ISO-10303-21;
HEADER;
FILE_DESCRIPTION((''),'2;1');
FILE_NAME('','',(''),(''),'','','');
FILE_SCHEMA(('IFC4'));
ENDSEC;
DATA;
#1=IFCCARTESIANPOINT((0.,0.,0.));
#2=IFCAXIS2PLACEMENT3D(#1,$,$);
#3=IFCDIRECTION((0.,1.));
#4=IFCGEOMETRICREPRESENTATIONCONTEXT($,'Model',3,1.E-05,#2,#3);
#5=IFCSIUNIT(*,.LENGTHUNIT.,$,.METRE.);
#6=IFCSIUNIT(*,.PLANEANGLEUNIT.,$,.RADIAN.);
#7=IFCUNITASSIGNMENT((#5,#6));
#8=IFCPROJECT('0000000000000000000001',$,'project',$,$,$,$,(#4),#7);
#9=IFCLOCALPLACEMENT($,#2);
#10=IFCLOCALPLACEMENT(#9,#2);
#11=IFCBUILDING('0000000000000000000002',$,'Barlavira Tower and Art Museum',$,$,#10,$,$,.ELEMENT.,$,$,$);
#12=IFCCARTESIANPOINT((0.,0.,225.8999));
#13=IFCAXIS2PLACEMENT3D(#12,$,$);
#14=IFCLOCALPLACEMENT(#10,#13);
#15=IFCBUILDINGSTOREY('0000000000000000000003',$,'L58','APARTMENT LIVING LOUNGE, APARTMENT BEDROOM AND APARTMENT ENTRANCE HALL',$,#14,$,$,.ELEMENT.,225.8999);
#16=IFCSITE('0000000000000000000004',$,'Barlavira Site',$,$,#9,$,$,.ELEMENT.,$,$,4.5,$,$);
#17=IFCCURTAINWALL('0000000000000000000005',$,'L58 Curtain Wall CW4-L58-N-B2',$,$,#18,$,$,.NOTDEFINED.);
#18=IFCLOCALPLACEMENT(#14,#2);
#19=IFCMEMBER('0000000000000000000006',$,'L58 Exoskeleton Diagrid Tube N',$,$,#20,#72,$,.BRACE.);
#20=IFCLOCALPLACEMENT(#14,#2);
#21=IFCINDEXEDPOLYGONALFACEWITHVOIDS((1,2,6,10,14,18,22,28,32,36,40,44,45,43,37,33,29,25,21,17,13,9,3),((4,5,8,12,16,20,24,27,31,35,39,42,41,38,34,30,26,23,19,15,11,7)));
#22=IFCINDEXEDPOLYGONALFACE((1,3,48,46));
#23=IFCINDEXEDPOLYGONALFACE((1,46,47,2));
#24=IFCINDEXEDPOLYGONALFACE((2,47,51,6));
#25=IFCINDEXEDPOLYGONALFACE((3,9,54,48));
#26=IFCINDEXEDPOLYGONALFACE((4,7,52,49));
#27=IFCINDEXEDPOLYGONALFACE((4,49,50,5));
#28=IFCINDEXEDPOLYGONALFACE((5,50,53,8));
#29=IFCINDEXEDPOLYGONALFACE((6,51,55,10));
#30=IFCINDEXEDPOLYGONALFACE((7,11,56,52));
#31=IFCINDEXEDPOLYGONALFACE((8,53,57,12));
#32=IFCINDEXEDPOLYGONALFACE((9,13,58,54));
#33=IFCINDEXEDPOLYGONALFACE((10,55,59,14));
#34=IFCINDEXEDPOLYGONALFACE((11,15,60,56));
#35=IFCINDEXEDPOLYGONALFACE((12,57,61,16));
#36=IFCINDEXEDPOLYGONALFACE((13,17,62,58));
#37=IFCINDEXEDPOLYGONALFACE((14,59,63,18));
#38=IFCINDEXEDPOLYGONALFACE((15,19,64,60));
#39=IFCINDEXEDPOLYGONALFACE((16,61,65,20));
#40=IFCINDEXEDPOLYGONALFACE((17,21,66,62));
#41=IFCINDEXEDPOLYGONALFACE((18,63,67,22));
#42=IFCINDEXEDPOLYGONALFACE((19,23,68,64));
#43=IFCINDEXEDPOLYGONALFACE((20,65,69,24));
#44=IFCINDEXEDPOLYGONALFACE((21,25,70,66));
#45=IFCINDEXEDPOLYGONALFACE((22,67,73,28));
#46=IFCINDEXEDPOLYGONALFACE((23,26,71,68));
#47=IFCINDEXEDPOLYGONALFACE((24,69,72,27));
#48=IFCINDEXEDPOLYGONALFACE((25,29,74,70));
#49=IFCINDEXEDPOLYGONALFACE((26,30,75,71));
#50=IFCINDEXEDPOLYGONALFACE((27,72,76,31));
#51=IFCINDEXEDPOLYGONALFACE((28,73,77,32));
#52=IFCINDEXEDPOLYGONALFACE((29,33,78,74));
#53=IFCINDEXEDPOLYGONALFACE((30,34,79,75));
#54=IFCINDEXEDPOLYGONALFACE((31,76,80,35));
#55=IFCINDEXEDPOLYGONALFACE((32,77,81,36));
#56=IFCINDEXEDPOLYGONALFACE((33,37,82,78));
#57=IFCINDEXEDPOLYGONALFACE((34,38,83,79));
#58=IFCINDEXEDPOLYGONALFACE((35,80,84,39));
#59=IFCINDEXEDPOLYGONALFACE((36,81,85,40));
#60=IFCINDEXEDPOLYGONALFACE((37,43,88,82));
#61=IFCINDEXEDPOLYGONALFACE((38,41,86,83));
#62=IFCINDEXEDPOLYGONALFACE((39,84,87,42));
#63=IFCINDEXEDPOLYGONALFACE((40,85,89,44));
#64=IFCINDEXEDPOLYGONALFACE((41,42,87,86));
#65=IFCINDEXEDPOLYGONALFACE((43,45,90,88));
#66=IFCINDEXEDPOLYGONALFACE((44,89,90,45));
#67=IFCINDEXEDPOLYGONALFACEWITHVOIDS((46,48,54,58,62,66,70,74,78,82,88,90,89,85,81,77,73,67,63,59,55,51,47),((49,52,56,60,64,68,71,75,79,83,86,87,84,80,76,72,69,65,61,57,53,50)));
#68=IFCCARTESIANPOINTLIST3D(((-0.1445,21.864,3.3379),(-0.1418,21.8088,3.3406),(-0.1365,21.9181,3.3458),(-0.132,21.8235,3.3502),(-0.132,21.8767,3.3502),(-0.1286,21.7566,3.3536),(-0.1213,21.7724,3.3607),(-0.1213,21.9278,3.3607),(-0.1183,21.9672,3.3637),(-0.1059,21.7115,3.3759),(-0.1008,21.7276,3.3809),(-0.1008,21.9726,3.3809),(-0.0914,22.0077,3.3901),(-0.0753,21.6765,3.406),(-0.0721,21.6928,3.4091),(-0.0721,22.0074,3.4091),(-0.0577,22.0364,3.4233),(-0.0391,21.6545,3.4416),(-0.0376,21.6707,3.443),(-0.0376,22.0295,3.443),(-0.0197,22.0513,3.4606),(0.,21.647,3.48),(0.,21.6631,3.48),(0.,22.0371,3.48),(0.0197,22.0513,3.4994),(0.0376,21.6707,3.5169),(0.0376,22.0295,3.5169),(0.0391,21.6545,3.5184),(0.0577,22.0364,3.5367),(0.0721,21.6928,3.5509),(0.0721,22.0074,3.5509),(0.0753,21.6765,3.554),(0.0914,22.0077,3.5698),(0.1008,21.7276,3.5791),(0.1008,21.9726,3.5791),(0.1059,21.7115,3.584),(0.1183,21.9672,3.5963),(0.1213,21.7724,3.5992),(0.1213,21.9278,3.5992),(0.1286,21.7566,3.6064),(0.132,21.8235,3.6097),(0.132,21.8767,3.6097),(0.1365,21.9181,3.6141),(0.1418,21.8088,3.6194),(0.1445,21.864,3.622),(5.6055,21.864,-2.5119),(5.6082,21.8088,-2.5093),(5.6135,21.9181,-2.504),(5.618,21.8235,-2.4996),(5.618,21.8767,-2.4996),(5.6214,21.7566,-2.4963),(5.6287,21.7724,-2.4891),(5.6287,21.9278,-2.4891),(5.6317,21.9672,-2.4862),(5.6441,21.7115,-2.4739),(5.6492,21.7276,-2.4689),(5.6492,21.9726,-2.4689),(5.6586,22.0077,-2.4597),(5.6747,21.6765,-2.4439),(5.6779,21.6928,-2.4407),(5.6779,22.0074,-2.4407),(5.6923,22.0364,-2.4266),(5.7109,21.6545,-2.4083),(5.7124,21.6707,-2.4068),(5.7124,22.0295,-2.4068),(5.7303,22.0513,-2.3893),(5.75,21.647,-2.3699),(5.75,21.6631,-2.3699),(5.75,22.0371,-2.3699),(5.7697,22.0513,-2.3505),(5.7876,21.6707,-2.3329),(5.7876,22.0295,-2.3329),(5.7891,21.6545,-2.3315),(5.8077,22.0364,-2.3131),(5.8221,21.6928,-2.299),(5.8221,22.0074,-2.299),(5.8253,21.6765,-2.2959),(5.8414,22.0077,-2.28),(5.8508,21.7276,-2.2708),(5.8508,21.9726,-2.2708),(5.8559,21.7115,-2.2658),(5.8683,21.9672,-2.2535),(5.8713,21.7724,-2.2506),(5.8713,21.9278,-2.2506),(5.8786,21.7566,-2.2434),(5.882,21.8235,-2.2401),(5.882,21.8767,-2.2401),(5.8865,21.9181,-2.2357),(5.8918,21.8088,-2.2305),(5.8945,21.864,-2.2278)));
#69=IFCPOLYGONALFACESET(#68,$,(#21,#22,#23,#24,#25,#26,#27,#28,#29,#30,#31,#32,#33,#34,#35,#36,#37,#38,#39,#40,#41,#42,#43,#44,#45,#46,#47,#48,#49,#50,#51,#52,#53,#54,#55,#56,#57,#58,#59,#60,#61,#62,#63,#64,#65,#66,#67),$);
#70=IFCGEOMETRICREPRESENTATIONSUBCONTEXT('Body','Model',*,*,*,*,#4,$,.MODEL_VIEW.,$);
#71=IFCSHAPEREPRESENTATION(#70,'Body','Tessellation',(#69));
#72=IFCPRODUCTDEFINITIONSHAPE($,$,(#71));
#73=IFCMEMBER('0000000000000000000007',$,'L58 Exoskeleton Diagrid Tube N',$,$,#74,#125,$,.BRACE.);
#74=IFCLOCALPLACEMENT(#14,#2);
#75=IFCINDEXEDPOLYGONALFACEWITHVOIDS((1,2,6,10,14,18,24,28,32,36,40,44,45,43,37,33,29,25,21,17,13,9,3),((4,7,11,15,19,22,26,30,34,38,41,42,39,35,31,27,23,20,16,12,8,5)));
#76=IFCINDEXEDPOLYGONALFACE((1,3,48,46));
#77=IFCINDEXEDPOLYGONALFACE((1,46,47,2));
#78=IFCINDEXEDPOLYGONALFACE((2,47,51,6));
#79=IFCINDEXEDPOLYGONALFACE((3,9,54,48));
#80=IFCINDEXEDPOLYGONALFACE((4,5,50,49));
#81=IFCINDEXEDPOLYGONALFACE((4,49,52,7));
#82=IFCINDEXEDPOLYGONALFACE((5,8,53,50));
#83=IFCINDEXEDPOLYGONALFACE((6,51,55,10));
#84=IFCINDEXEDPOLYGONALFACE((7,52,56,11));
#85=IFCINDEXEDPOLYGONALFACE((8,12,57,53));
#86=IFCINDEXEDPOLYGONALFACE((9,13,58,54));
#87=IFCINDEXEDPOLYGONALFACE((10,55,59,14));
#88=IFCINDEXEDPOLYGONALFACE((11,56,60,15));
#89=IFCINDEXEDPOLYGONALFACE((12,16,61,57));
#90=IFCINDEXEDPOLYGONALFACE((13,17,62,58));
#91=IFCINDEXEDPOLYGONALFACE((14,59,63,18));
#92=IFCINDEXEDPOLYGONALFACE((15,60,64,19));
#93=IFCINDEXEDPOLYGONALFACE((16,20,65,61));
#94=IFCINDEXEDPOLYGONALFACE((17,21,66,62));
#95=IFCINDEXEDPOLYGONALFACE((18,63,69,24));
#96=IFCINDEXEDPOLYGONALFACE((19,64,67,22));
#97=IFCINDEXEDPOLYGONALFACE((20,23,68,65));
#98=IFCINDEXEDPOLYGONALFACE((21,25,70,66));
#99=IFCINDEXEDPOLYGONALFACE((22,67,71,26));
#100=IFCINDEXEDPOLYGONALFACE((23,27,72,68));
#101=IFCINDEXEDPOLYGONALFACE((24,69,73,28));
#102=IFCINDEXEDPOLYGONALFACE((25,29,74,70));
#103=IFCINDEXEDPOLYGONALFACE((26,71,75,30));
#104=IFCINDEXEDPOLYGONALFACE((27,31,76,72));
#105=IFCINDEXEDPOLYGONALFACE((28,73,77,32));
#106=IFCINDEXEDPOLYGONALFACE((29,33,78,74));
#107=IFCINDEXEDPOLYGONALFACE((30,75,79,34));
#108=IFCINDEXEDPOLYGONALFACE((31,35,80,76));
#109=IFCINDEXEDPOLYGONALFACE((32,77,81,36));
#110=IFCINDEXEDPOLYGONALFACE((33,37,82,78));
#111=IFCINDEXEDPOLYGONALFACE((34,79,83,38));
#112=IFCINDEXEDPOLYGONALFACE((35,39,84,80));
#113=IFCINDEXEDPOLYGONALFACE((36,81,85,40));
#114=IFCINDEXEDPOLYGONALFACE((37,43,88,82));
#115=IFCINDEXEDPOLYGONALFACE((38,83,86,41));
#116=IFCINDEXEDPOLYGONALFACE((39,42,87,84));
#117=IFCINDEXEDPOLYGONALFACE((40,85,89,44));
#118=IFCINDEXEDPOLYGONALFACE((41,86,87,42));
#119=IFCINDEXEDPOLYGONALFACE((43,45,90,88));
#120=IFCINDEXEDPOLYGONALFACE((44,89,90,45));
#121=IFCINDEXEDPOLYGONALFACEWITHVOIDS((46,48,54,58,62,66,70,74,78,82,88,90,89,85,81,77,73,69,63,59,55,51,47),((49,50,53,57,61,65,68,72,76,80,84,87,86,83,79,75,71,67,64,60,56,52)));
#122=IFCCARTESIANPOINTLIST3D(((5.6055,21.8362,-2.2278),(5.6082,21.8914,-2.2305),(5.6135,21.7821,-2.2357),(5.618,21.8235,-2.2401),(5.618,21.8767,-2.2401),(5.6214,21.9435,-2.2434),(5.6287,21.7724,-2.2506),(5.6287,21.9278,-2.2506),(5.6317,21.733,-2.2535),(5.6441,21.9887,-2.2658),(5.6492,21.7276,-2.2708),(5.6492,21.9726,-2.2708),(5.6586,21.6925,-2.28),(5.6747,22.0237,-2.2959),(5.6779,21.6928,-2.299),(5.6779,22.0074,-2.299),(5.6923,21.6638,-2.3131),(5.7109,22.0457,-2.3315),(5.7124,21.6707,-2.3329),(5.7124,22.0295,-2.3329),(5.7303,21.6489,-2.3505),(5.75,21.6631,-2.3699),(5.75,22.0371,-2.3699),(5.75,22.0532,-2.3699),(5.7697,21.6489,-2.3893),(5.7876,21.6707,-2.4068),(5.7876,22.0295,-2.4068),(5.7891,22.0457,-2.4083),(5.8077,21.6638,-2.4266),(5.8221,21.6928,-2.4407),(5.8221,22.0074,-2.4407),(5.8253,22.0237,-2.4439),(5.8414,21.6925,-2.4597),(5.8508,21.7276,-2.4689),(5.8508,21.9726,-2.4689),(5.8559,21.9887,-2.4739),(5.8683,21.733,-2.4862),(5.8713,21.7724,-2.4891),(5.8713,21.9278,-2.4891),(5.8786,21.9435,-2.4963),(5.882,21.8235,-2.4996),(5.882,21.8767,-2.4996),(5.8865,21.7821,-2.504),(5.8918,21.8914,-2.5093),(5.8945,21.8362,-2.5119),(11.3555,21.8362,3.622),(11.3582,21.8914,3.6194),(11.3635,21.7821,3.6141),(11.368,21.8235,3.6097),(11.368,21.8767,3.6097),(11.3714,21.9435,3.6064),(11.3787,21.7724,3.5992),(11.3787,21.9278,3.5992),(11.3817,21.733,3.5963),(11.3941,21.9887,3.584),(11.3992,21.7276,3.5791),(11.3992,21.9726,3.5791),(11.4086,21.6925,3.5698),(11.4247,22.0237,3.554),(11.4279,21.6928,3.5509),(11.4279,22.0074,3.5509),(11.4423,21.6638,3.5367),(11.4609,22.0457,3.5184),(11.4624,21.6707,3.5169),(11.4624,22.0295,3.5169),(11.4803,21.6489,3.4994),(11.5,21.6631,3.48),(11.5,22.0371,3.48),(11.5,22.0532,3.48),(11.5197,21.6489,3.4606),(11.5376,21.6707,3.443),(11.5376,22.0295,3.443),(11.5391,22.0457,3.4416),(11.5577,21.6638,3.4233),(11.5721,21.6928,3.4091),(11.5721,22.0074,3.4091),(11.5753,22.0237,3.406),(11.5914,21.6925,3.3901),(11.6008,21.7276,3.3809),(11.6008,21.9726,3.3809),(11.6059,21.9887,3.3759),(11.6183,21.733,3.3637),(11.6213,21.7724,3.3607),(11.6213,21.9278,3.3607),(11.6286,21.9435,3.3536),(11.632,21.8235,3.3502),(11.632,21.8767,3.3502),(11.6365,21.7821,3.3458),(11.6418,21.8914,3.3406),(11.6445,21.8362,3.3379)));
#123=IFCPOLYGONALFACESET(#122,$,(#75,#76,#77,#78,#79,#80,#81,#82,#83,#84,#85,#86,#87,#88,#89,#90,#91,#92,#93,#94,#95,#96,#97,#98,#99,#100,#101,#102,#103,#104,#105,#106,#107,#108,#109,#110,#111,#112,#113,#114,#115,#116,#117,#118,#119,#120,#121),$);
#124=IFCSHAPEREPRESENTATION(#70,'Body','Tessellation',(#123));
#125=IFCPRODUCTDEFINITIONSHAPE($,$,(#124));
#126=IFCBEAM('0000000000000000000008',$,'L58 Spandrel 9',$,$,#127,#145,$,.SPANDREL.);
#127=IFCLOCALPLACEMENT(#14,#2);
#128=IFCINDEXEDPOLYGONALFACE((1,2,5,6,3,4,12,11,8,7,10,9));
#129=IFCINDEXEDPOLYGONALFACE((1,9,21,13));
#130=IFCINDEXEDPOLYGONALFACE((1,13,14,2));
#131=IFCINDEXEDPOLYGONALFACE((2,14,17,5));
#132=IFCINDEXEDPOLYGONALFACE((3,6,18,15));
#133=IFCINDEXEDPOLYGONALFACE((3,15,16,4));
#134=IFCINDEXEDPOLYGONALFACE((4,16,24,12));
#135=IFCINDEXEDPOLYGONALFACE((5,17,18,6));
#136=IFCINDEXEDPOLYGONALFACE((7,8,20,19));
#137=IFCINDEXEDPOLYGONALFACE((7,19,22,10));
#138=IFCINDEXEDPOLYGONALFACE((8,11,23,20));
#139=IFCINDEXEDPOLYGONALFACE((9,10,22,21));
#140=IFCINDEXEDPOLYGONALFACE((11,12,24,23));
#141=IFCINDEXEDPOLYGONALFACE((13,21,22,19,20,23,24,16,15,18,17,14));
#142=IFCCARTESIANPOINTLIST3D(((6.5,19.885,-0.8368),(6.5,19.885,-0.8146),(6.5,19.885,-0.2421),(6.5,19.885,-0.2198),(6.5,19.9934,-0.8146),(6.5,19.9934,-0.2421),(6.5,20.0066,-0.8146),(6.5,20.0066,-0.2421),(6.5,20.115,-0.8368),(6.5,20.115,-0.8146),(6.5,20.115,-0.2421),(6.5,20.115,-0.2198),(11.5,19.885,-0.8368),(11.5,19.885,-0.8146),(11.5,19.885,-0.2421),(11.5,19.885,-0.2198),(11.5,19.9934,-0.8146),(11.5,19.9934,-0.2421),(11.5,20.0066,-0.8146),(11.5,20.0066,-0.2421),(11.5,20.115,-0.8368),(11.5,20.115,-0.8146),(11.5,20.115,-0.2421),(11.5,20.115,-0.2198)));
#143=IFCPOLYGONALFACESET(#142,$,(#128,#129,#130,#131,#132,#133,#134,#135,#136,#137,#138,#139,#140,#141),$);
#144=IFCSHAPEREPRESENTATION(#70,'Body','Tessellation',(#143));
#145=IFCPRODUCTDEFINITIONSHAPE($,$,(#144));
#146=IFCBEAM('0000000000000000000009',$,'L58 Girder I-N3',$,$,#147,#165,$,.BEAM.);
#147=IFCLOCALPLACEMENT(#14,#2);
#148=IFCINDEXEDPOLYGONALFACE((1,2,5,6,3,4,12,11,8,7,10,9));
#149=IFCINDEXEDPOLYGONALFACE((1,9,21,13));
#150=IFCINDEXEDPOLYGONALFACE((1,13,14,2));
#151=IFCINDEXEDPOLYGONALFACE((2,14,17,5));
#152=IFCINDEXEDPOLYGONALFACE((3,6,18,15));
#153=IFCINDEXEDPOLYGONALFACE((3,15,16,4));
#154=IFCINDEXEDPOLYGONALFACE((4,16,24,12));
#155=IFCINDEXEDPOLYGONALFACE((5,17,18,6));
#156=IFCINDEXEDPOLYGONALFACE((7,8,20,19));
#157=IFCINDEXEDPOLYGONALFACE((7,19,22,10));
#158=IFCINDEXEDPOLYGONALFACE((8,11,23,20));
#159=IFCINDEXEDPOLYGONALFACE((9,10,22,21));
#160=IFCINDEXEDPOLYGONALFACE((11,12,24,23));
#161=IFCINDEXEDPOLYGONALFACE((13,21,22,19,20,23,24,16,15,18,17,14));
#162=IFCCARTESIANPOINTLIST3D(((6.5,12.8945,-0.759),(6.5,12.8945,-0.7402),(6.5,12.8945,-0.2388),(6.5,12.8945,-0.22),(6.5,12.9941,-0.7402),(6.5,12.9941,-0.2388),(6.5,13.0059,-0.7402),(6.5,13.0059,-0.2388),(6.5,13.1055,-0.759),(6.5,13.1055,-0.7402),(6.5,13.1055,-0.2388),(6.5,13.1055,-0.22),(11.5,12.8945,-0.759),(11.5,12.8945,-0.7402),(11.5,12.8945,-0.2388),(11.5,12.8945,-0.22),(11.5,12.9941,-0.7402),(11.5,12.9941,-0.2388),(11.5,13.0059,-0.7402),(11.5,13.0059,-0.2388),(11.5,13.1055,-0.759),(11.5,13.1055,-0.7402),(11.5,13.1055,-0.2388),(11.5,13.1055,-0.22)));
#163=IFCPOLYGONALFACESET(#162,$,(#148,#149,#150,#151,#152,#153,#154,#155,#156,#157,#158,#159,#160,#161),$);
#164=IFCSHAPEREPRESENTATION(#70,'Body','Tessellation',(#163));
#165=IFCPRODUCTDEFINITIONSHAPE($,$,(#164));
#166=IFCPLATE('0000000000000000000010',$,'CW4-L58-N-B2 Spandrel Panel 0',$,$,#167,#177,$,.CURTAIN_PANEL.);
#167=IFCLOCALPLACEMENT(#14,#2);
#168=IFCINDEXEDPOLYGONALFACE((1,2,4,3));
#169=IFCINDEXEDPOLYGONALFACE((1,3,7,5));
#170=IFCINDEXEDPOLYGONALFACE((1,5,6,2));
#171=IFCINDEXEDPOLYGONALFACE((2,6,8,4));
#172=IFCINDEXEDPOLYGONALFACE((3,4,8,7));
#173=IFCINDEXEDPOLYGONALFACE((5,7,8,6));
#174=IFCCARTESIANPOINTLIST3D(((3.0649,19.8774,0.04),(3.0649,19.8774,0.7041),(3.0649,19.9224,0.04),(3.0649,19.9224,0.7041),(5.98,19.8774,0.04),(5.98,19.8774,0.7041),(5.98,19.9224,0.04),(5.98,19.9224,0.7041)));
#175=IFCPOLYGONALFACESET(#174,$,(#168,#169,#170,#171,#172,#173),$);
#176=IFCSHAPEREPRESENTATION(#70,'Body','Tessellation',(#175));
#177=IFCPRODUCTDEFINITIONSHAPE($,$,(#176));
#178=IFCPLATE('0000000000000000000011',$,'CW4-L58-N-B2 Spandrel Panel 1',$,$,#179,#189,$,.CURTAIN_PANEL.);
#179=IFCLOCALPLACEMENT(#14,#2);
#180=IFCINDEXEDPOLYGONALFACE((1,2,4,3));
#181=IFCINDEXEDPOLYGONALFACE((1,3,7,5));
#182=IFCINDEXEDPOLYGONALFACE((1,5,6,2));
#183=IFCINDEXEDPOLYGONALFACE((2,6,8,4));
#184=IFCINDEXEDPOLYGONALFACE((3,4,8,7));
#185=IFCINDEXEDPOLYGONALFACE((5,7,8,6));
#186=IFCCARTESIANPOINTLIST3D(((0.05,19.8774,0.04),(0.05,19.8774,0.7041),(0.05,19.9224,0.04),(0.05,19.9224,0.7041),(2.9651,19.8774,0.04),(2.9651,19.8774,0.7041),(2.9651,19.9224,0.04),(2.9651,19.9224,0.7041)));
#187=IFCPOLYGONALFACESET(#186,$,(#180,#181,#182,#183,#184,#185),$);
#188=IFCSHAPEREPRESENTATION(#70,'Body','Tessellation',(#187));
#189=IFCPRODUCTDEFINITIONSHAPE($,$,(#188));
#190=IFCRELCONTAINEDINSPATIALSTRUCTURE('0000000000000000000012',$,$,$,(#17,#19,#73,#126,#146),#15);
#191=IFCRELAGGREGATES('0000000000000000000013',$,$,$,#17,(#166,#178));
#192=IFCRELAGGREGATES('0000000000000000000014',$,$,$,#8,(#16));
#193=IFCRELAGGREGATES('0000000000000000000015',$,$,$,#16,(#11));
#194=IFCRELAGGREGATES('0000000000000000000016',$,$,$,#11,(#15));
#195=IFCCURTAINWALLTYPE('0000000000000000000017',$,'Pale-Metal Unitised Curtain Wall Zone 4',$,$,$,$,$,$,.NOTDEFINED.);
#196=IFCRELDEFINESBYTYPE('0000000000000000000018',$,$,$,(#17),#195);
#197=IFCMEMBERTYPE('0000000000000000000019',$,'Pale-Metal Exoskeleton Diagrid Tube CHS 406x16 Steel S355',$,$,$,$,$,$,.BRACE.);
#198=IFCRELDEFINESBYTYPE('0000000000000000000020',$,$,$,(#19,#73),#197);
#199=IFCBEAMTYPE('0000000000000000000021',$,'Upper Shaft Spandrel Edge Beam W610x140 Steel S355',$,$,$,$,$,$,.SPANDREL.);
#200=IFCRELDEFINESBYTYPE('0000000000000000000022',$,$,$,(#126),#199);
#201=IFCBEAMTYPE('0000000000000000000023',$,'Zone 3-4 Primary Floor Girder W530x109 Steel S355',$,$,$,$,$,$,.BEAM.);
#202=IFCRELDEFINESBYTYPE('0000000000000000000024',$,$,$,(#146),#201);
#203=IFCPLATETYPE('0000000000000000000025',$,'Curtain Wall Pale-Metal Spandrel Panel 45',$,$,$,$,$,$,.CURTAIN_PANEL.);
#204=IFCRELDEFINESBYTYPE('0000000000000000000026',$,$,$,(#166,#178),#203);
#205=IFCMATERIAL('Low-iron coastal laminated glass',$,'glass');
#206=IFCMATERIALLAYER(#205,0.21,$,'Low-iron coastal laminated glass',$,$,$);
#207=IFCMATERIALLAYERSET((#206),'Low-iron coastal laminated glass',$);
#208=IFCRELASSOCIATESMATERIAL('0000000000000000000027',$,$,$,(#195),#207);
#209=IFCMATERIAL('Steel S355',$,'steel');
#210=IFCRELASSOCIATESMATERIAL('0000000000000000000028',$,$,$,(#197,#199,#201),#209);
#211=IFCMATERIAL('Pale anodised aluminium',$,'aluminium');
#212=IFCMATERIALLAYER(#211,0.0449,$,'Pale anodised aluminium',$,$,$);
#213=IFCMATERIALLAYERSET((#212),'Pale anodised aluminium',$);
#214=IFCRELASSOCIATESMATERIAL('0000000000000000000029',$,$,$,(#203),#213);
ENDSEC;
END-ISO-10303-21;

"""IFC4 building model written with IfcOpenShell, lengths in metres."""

from ifc_helpers import new_model, si_unit, direction, frame, origin, origin_2d, place, context, subcontext, project, spatial, rectangle, hollow_circle, i_section, extrude, material, layer, layer_set, material_profile, profile_set, type_object, element, aggregate, save


model = new_model("IFC4")

# Units and contexts
model_context = context("Model", 3, precision=1e-05, world=origin(), true_north=direction((0.0, 1.0)))
body_context = subcontext(model_context, "Body", "Model", "MODEL_VIEW")
ifc_project = project(units=[si_unit("LENGTHUNIT", "METRE"), si_unit("PLANEANGLEUNIT", "RADIAN")], contexts=[model_context])

# Site, building, storey
site_placement = place(None, origin())
site = spatial("IfcSite", under=ifc_project, at=site_placement, Name="Barlavira Site", CompositionType="ELEMENT", RefElevation=4.5)
building_placement = place(site_placement, origin())
building = spatial("IfcBuilding", under=site, at=building_placement, Name="Barlavira Tower and Art Museum", CompositionType="ELEMENT")
storey_placement = place(building_placement, frame((0.0, 0.0, 225.8999)))
storey = spatial("IfcBuildingStorey", under=building, at=storey_placement, Name="L58", Description="APARTMENT LIVING LOUNGE, APARTMENT BEDROOM AND APARTMENT ENTRANCE HALL", CompositionType="ELEMENT", Elevation=225.8999)

# Curtain wall
ifc_material_1 = material(Name="Low-iron coastal laminated glass", Category="glass")
ifc_layer_1 = layer(ifc_material_1, 0.21, Name="Low-iron coastal laminated glass")
ifc_layer_set_1 = layer_set([ifc_layer_1], Name="Low-iron coastal laminated glass")
curtain_wall_type = type_object("IfcCurtainWallType", Name="Pale-Metal Unitised Curtain Wall Zone 4", PredefinedType="NOTDEFINED", material=ifc_layer_set_1)
curtain_wall_placement = place(storey_placement, origin())
curtain_wall = element("IfcCurtainWall", 1, at=curtain_wall_placement, inside=storey, type_object=curtain_wall_type, Name="L58 Curtain Wall CW4-L58-N-B2", PredefinedType="NOTDEFINED")
ifc_material_2 = material(Name="Pale anodised aluminium", Category="aluminium")

# Members
ifc_material_3 = material(Name="Steel S355", Category="steel")
ifc_material_profile_1 = material_profile(ifc_material_3, hollow_circle(Radius=0.2031, WallThickness=0.0161, at=origin_2d()), Name="CHS 406.4x16.0")
ifc_profile_set_1 = profile_set([ifc_material_profile_1], Name="Steel S355")
member_type_1 = type_object("IfcMemberType", Name="Pale-Metal Exoskeleton Diagrid Tube CHS 406x16 Steel S355", PredefinedType="BRACE", material=ifc_profile_set_1)
for number, where, z_axis, x_axis, name in (
    (2, (5.75, 21.8501, -2.3699), (-0.700994, 0.0, 0.713167), (0.0, -1.0, 0.0), "L58 Exoskeleton Diagrid Tube N"),
    (3, (5.75, 21.8501, -2.3699), (0.700994, 0.0, 0.713167), (0.0, 1.0, 0.0), "L58 Exoskeleton Diagrid Tube N"),
):
    element("IfcMember", number, at=place(storey_placement, frame(where, z_axis=z_axis, x_axis=x_axis)), inside=storey, type_object=member_type_1, Name=name, PredefinedType="BRACE", context=body_context, shape_type="SweptSolid", body=[
        extrude(hollow_circle(Radius=0.2031, WallThickness=0.0161, at=origin_2d()), origin(), (0.0, 0.0, 1.0), 8.2026),
    ])

# Beams
ifc_material_profile_2 = material_profile(ifc_material_3, i_section(OverallWidth=0.23, OverallDepth=0.6169, WebThickness=0.0132, FlangeThickness=0.0222, at=origin_2d()), Name="W610x140.0")
ifc_profile_set_2 = profile_set([ifc_material_profile_2], Name="Steel S355")
beam_type_1 = type_object("IfcBeamType", Name="Upper Shaft Spandrel Edge Beam W610x140 Steel S355", PredefinedType="SPANDREL", material=ifc_profile_set_2)
beam_1_placement = place(storey_placement, frame((6.5, 20.0, -0.5283), z_axis=(1.0, 0.0, 0.0), x_axis=(0.0, 1.0, 0.0)))
element("IfcBeam", 4, at=beam_1_placement, inside=storey, type_object=beam_type_1, Name="L58 Spandrel 9", PredefinedType="SPANDREL", context=body_context, shape_type="SweptSolid", body=[
    extrude(i_section(OverallWidth=0.23, OverallDepth=0.6169, WebThickness=0.0132, FlangeThickness=0.0222, at=origin_2d()), origin(), (0.0, 0.0, 1.0), 5.0),
])
ifc_material_profile_3 = material_profile(ifc_material_3, i_section(OverallWidth=0.2109, OverallDepth=0.5391, WebThickness=0.0117, FlangeThickness=0.0188, at=origin_2d()), Name="W530x109.0")
ifc_profile_set_3 = profile_set([ifc_material_profile_3], Name="Steel S355")
beam_type_2 = type_object("IfcBeamType", Name="Zone 3-4 Primary Floor Girder W530x109 Steel S355", PredefinedType="BEAM", material=ifc_profile_set_3)
beam_2_placement = place(storey_placement, frame((6.5, 13.0, -0.4895), z_axis=(1.0, 0.0, 0.0), x_axis=(0.0, 1.0, 0.0)))
element("IfcBeam", 5, at=beam_2_placement, inside=storey, type_object=beam_type_2, Name="L58 Girder I-N3", PredefinedType="BEAM", context=body_context, shape_type="SweptSolid", body=[
    extrude(i_section(OverallWidth=0.2109, OverallDepth=0.5391, WebThickness=0.0117, FlangeThickness=0.0188, at=origin_2d()), origin(), (0.0, 0.0, 1.0), 5.0),
])

# Plates
ifc_layer_2 = layer(ifc_material_2, 0.0449, Name="Pale anodised aluminium")
ifc_layer_set_2 = layer_set([ifc_layer_2], Name="Pale anodised aluminium")
plate_type_1 = type_object("IfcPlateType", Name="Curtain Wall Pale-Metal Spandrel Panel 45", PredefinedType="CURTAIN_PANEL", material=ifc_layer_set_2)
plate_1_placement = place(storey_placement, frame((4.5225, 19.8999, 0.04), z_axis=(0.0, 0.0, 1.0), x_axis=(-1.0, 0.0, 0.0)))
plate_1 = element("IfcPlate", 6, at=plate_1_placement, type_object=plate_type_1, Name="CW4-L58-N-B2 Spandrel Panel 0", PredefinedType="CURTAIN_PANEL", context=body_context, shape_type="SweptSolid", body=[
    extrude(rectangle(XDim=2.915, YDim=0.0449, at=origin_2d()), origin(), (0.0, 0.0, 1.0), 0.6641),
])
plate_2_placement = place(storey_placement, frame((1.5076, 19.8999, 0.04), z_axis=(0.0, 0.0, 1.0), x_axis=(-1.0, 0.0, 0.0)))
plate_2 = element("IfcPlate", 7, at=plate_2_placement, type_object=plate_type_1, Name="CW4-L58-N-B2 Spandrel Panel 1", PredefinedType="CURTAIN_PANEL", context=body_context, shape_type="SweptSolid", body=[
    extrude(rectangle(XDim=2.915, YDim=0.0449, at=origin_2d()), origin(), (0.0, 0.0, 1.0), 0.6641),
])
aggregate(curtain_wall, [plate_1, plate_2])

save(model, "model.ifc")
